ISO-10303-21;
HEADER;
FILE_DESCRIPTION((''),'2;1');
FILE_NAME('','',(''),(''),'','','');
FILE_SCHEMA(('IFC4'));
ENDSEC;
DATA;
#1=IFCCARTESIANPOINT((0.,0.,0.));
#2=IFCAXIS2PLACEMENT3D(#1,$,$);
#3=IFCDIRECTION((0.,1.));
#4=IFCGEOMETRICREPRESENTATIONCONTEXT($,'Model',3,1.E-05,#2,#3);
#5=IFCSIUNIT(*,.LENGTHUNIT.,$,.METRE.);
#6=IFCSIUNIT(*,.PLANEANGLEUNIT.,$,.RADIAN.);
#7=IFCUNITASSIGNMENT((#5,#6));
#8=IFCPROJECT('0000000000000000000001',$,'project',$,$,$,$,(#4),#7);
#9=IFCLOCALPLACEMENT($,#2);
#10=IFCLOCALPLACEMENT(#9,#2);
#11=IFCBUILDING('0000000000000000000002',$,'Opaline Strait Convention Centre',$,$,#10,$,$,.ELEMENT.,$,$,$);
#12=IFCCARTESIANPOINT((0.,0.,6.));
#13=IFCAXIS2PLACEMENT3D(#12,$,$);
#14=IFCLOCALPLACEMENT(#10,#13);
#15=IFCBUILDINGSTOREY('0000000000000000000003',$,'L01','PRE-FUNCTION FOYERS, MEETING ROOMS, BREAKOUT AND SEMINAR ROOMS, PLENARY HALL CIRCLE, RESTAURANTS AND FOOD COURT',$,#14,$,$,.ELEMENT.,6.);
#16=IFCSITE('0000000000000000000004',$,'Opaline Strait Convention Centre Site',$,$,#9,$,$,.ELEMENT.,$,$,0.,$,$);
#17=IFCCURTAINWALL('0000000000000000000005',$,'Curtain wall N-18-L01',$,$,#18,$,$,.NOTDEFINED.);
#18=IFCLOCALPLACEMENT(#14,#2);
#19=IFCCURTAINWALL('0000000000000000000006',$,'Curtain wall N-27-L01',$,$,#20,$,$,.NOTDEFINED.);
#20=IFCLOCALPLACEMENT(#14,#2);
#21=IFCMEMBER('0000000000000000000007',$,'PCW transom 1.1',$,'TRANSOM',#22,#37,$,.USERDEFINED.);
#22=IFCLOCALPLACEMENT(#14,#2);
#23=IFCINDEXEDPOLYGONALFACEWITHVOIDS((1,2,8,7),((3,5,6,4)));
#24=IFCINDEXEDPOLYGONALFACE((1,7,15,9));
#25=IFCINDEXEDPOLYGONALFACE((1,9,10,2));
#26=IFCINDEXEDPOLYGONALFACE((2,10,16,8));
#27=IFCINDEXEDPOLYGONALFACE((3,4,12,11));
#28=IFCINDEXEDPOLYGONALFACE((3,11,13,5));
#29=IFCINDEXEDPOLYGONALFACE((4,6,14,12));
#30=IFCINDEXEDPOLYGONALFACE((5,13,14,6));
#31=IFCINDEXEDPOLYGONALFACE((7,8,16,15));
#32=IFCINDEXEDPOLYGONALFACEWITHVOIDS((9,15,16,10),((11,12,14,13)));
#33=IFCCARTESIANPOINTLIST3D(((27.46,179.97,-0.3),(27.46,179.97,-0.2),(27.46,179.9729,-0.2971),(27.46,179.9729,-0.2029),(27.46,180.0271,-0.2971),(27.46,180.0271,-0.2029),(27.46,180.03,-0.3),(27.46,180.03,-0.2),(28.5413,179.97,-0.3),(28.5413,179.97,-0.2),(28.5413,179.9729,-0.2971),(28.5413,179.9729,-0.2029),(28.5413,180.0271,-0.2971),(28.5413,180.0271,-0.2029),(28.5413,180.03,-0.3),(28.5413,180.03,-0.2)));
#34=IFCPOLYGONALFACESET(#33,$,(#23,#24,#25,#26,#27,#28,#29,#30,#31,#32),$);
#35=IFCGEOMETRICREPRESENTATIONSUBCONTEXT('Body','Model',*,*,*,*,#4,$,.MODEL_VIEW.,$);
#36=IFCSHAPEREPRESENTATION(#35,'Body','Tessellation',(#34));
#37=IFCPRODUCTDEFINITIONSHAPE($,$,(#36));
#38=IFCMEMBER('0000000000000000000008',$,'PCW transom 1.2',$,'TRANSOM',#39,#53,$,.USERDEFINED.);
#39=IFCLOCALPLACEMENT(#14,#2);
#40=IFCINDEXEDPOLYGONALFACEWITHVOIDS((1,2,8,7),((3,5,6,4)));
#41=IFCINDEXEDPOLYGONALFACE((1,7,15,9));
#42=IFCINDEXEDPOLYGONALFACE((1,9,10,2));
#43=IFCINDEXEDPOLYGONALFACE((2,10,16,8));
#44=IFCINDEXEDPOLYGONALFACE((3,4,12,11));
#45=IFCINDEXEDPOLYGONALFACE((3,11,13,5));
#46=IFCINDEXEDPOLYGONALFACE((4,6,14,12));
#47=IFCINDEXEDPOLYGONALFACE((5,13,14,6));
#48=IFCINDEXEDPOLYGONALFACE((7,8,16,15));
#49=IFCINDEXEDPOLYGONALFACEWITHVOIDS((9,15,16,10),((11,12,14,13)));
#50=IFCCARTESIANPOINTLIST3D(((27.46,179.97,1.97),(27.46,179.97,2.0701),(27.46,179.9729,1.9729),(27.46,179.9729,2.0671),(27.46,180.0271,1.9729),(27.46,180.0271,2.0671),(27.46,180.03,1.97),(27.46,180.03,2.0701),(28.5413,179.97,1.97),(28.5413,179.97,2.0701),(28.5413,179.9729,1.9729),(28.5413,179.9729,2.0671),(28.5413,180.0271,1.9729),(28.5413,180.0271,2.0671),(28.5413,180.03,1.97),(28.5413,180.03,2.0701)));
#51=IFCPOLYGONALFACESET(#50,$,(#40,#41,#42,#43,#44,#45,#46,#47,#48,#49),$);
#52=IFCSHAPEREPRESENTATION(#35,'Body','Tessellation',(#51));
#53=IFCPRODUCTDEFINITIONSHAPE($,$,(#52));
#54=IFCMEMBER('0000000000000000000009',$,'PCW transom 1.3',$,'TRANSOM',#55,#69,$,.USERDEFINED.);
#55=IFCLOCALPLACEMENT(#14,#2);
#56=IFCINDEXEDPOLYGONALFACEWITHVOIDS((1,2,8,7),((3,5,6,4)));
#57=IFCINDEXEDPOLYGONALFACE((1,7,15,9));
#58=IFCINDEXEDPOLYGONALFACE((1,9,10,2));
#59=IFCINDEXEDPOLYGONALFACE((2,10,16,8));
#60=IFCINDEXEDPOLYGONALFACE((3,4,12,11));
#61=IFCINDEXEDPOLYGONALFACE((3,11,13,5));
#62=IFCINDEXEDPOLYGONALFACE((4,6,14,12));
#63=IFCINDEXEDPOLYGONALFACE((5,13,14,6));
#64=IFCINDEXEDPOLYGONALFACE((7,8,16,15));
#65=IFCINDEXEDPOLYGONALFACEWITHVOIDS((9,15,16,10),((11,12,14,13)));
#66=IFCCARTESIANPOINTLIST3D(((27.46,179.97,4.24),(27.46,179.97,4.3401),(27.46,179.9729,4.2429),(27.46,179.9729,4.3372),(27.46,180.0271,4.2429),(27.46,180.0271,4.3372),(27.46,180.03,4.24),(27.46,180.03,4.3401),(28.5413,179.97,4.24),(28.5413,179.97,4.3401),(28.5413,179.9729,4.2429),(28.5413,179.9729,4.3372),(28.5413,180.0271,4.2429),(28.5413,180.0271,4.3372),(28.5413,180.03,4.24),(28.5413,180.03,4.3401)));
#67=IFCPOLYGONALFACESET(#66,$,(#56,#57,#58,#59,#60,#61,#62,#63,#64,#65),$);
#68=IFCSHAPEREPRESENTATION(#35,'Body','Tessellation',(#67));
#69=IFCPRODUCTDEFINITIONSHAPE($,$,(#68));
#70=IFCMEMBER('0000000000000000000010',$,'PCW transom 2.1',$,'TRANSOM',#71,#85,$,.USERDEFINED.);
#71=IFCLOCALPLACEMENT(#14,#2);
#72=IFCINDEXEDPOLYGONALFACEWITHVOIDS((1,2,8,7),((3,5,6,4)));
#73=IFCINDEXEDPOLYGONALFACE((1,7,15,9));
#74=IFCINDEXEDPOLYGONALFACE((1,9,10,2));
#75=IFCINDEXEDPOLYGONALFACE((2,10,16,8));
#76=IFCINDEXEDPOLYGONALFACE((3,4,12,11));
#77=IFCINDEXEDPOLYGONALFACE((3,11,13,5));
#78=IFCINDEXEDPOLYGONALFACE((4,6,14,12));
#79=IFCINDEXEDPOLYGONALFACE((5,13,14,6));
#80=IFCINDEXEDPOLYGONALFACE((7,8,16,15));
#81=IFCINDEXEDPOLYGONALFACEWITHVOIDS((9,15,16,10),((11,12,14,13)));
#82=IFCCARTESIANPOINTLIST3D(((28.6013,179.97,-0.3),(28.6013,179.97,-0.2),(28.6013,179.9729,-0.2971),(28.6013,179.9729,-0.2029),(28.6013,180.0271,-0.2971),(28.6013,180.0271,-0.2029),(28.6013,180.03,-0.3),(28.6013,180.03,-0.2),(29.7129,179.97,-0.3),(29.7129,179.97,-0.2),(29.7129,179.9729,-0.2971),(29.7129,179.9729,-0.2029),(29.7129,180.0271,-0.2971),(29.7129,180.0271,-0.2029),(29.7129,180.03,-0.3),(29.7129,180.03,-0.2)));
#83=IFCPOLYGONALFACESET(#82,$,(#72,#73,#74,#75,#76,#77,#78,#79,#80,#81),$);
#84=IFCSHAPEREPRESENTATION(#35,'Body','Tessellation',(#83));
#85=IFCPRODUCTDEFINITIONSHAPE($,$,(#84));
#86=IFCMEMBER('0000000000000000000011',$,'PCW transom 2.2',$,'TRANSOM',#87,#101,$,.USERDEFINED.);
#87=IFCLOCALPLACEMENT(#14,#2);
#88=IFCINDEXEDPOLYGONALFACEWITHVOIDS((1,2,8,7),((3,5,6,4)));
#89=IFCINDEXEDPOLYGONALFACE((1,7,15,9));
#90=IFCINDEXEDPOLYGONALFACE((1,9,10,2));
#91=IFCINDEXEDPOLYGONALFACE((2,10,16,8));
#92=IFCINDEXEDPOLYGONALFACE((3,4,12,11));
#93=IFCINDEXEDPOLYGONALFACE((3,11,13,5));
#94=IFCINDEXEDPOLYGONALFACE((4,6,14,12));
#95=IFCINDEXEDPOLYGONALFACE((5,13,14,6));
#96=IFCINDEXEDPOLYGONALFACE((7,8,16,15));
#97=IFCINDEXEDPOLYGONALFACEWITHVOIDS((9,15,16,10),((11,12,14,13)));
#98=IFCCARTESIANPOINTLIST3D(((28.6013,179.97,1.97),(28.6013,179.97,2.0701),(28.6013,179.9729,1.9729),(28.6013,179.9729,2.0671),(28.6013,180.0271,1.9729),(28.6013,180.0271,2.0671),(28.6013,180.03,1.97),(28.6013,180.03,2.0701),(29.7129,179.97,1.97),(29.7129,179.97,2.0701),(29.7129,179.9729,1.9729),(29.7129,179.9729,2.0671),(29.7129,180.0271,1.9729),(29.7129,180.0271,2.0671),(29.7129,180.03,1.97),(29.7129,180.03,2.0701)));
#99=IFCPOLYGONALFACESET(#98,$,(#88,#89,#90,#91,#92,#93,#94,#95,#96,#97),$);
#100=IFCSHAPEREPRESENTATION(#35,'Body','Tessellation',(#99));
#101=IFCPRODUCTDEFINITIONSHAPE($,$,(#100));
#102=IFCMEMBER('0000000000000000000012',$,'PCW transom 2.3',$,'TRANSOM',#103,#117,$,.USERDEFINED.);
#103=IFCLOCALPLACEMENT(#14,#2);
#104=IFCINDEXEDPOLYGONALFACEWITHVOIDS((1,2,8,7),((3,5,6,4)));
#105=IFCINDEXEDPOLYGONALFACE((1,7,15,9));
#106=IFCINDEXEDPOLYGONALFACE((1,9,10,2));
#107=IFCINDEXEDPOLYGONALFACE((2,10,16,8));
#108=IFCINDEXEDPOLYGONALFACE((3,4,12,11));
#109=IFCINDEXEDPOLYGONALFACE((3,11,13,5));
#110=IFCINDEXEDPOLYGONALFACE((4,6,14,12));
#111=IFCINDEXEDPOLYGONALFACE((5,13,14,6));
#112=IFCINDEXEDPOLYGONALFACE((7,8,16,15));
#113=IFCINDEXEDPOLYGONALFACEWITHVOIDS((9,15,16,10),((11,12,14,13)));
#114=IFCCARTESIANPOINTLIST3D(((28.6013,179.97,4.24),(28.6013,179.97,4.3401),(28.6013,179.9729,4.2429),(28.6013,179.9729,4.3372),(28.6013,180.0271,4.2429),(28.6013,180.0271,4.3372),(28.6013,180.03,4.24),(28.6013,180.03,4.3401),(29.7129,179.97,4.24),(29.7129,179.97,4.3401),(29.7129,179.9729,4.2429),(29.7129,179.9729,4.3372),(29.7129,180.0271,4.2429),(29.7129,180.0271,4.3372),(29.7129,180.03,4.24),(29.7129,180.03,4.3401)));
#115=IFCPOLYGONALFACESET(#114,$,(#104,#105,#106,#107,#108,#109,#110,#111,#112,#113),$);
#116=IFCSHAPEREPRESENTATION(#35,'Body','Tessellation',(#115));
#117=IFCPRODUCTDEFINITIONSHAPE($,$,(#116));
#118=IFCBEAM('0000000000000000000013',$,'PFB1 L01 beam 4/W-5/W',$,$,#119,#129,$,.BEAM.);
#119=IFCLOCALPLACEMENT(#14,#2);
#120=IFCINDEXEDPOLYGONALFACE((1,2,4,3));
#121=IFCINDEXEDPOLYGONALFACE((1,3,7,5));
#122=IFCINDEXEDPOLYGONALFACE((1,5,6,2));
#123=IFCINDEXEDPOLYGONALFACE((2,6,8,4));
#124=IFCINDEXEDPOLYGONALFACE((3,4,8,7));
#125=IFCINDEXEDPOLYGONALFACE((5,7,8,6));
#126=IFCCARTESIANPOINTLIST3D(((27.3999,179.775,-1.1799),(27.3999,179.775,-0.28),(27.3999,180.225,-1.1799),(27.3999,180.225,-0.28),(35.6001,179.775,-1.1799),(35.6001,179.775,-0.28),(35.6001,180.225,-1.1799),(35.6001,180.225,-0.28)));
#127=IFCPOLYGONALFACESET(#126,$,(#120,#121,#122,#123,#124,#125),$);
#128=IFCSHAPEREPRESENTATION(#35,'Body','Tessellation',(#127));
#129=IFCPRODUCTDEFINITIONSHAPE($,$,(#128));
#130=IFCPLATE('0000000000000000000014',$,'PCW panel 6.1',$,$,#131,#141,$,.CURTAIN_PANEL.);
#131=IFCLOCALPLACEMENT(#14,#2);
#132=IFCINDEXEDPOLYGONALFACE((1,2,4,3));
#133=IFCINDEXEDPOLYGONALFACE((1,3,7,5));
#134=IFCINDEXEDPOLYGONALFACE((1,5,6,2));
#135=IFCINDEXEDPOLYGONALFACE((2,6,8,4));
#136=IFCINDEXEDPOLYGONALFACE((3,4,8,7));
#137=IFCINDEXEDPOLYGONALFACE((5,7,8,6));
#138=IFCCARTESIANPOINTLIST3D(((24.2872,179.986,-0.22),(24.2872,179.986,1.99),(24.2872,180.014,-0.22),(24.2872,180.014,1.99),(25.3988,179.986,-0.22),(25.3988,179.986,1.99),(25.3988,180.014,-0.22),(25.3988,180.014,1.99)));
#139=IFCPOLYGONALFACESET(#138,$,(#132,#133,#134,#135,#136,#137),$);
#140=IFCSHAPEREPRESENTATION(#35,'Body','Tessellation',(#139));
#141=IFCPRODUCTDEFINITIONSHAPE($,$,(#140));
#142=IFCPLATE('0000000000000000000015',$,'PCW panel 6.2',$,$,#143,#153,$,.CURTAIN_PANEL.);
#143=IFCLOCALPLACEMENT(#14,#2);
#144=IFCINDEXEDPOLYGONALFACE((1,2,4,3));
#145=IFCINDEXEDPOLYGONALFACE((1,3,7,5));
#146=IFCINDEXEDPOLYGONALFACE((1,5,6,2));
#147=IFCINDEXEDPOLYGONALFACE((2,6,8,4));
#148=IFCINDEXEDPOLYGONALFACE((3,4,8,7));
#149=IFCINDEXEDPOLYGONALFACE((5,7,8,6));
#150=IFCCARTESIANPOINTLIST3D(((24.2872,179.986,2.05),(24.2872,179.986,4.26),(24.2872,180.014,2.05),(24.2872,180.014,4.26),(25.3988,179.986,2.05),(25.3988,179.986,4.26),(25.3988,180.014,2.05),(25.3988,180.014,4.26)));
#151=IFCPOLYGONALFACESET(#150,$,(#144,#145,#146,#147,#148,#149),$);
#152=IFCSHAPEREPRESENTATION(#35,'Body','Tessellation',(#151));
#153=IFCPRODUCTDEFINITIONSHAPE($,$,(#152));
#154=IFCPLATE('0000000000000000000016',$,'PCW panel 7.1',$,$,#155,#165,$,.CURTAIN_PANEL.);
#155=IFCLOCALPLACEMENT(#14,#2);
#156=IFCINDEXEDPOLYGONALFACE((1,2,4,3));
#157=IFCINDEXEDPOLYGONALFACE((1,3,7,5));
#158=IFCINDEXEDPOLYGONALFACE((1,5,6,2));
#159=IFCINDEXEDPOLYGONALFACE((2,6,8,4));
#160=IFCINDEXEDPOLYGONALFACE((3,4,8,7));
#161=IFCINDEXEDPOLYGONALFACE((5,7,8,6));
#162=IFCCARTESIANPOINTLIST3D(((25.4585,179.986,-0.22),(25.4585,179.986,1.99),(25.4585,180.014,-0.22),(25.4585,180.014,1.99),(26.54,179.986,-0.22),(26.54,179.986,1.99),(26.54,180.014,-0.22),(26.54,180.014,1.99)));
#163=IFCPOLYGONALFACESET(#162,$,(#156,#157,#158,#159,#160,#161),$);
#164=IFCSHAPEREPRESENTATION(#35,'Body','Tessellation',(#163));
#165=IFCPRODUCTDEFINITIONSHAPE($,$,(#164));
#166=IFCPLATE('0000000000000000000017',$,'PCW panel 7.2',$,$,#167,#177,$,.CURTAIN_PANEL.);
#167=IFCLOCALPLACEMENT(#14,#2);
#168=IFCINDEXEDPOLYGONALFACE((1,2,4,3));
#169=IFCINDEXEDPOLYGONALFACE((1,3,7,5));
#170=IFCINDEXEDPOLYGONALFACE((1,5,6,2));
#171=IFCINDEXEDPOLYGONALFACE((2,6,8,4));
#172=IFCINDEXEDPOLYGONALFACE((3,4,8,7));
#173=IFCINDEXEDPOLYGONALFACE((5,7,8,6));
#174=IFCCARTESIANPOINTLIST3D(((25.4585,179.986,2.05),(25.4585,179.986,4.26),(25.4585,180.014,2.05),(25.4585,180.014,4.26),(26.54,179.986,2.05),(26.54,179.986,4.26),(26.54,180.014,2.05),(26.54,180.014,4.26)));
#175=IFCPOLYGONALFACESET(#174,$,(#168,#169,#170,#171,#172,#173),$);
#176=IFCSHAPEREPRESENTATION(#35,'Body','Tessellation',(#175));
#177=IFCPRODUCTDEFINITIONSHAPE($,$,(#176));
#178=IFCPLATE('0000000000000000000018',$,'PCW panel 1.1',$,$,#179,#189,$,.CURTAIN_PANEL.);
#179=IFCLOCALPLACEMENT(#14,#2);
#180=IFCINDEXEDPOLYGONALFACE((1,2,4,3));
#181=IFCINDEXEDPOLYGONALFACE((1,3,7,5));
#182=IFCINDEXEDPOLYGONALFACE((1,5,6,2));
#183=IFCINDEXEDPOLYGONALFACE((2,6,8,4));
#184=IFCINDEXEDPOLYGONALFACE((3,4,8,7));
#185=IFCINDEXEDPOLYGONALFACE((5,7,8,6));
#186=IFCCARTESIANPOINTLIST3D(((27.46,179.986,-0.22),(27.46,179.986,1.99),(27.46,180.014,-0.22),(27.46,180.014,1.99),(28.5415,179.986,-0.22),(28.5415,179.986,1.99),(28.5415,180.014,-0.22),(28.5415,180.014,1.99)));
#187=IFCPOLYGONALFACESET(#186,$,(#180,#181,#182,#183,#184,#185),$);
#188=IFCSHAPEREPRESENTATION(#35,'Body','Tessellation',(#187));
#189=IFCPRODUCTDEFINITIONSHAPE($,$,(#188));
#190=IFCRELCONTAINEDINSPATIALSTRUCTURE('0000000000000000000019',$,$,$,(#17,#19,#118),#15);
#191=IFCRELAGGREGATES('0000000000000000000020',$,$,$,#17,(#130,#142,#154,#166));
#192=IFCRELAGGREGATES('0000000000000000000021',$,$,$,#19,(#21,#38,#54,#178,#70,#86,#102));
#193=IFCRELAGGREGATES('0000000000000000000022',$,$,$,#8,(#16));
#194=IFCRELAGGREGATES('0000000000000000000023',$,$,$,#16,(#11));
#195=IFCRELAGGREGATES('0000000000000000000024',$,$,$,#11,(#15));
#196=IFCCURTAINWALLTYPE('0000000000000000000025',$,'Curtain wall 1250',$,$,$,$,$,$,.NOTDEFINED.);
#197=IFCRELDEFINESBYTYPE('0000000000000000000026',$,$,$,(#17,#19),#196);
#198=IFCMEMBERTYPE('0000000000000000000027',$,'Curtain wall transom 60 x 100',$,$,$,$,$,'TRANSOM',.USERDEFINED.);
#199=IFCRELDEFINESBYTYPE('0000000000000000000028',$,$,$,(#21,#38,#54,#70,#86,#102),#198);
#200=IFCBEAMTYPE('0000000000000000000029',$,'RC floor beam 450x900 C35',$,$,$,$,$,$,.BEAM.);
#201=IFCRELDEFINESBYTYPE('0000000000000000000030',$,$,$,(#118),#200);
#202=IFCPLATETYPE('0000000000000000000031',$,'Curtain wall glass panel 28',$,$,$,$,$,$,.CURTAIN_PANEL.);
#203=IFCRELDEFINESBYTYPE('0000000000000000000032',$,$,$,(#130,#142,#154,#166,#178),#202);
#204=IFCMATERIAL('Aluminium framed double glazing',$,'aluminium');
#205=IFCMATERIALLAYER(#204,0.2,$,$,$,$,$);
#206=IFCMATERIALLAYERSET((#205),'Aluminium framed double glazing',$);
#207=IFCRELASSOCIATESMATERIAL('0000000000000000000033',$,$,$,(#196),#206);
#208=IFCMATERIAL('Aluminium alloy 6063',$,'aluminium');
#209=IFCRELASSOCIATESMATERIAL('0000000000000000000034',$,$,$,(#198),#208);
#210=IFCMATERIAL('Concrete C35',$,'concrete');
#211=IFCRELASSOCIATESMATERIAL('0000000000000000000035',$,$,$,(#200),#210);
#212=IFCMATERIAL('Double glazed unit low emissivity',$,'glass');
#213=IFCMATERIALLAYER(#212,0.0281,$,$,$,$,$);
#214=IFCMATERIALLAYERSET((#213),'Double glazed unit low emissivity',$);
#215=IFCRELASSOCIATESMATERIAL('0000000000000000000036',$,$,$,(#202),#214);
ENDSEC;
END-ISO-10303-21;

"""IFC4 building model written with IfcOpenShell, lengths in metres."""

from ifc_helpers import new_model, si_unit, direction, frame, origin, origin_2d, place, context, subcontext, project, spatial, rectangle, hollow_rectangle, extrude, material, layer, layer_set, material_profile, profile_set, type_object, element, aggregate, save


model = new_model("IFC4")

# Units and contexts
model_context = context("Model", 3, precision=1e-05, world=origin(), true_north=direction((0.0, 1.0)))
body_context = subcontext(model_context, "Body", "Model", "MODEL_VIEW")
ifc_project = project(units=[si_unit("LENGTHUNIT", "METRE"), si_unit("PLANEANGLEUNIT", "RADIAN")], contexts=[model_context])

# Site, building, storey
site_placement = place(None, origin())
site = spatial("IfcSite", under=ifc_project, at=site_placement, Name="Opaline Strait Convention Centre Site", CompositionType="ELEMENT", RefElevation=0.0)
building_placement = place(site_placement, origin())
building = spatial("IfcBuilding", under=site, at=building_placement, Name="Opaline Strait Convention Centre", CompositionType="ELEMENT")
storey_placement = place(building_placement, frame((0.0, 0.0, 6.0)))
storey = spatial("IfcBuildingStorey", under=building, at=storey_placement, Name="L01", Description="PRE-FUNCTION FOYERS, MEETING ROOMS, BREAKOUT AND SEMINAR ROOMS, PLENARY HALL CIRCLE, RESTAURANTS AND FOOD COURT", CompositionType="ELEMENT", Elevation=6.0)

# Curtain walls
ifc_material_1 = material(Name="Aluminium framed double glazing", Category="aluminium")
ifc_layer_1 = layer(ifc_material_1, 0.2)
ifc_layer_set_1 = layer_set([ifc_layer_1], Name="Aluminium framed double glazing")
curtain_wall_type = type_object("IfcCurtainWallType", Name="Curtain wall 1250", PredefinedType="NOTDEFINED", material=ifc_layer_set_1)
curtain_wall_1_placement = place(storey_placement, origin())
curtain_wall_1 = element("IfcCurtainWall", 1, at=curtain_wall_1_placement, inside=storey, type_object=curtain_wall_type, Name="Curtain wall N-18-L01", PredefinedType="NOTDEFINED")
ifc_material_2 = material(Name="Aluminium alloy 6063", Category="aluminium")
curtain_wall_2_placement = place(storey_placement, origin())
curtain_wall_2 = element("IfcCurtainWall", 2, at=curtain_wall_2_placement, inside=storey, type_object=curtain_wall_type, Name="Curtain wall N-27-L01", PredefinedType="NOTDEFINED")

# Members
ifc_material_profile_1 = material_profile(ifc_material_2, hollow_rectangle(XDim=0.0601, YDim=0.1001, WallThickness=0.0029, at=origin_2d()), Name="TRANSOM 60x100x3")
ifc_profile_set_1 = profile_set([ifc_material_profile_1], Name="Aluminium alloy 6063")
member_type_1 = type_object("IfcMemberType", Name="Curtain wall transom 60 x 100", ElementType="TRANSOM", PredefinedType="USERDEFINED", material=ifc_profile_set_1)
member_1_placement = place(storey_placement, frame((27.46, 180.0, -0.25), z_axis=(1.0, 0.0, 0.0), x_axis=(0.0, 1.0, 0.0)))
member_1 = element("IfcMember", 3, at=member_1_placement, type_object=member_type_1, Name="PCW transom 1.1", ObjectType="TRANSOM", PredefinedType="USERDEFINED", context=body_context, shape_type="SweptSolid", body=[
    extrude(hollow_rectangle(XDim=0.0601, YDim=0.1001, WallThickness=0.0029, at=origin_2d()), origin(), (0.0, 0.0, 1.0), 1.0813),
])
member_2_placement = place(storey_placement, frame((27.46, 180.0, 2.02), z_axis=(1.0, 0.0, 0.0), x_axis=(0.0, 1.0, 0.0)))
member_2 = element("IfcMember", 4, at=member_2_placement, type_object=member_type_1, Name="PCW transom 1.2", ObjectType="TRANSOM", PredefinedType="USERDEFINED", context=body_context, shape_type="SweptSolid", body=[
    extrude(hollow_rectangle(XDim=0.0601, YDim=0.1001, WallThickness=0.0029, at=origin_2d()), origin(), (0.0, 0.0, 1.0), 1.0813),
])
member_3_placement = place(storey_placement, frame((27.46, 180.0, 4.29), z_axis=(1.0, 0.0, 0.0), x_axis=(0.0, 1.0, 0.0)))
member_3 = element("IfcMember", 5, at=member_3_placement, type_object=member_type_1, Name="PCW transom 1.3", ObjectType="TRANSOM", PredefinedType="USERDEFINED", context=body_context, shape_type="SweptSolid", body=[
    extrude(hollow_rectangle(XDim=0.0601, YDim=0.1001, WallThickness=0.0029, at=origin_2d()), origin(), (0.0, 0.0, 1.0), 1.0813),
])
member_4_placement = place(storey_placement, frame((28.6013, 180.0, -0.25), z_axis=(1.0, 0.0, 0.0), x_axis=(0.0, 1.0, 0.0)))
member_4 = element("IfcMember", 6, at=member_4_placement, type_object=member_type_1, Name="PCW transom 2.1", ObjectType="TRANSOM", PredefinedType="USERDEFINED", context=body_context, shape_type="SweptSolid", body=[
    extrude(hollow_rectangle(XDim=0.0601, YDim=0.1001, WallThickness=0.0029, at=origin_2d()), origin(), (0.0, 0.0, 1.0), 1.1116),
])
member_5_placement = place(storey_placement, frame((28.6013, 180.0, 2.02), z_axis=(1.0, 0.0, 0.0), x_axis=(0.0, 1.0, 0.0)))
member_5 = element("IfcMember", 7, at=member_5_placement, type_object=member_type_1, Name="PCW transom 2.2", ObjectType="TRANSOM", PredefinedType="USERDEFINED", context=body_context, shape_type="SweptSolid", body=[
    extrude(hollow_rectangle(XDim=0.0601, YDim=0.1001, WallThickness=0.0029, at=origin_2d()), origin(), (0.0, 0.0, 1.0), 1.1116),
])
member_6_placement = place(storey_placement, frame((28.6013, 180.0, 4.29), z_axis=(1.0, 0.0, 0.0), x_axis=(0.0, 1.0, 0.0)))
member_6 = element("IfcMember", 8, at=member_6_placement, type_object=member_type_1, Name="PCW transom 2.3", ObjectType="TRANSOM", PredefinedType="USERDEFINED", context=body_context, shape_type="SweptSolid", body=[
    extrude(hollow_rectangle(XDim=0.0601, YDim=0.1001, WallThickness=0.0029, at=origin_2d()), origin(), (0.0, 0.0, 1.0), 1.1116),
])

# Beam
ifc_material_3 = material(Name="Concrete C35", Category="concrete")
ifc_material_profile_2 = material_profile(ifc_material_3, rectangle(XDim=0.45, YDim=0.8999, at=origin_2d()), Name="RC 450x900")
ifc_profile_set_2 = profile_set([ifc_material_profile_2], Name="Concrete C35")
beam_type = type_object("IfcBeamType", Name="RC floor beam 450x900 C35", PredefinedType="BEAM", material=ifc_profile_set_2)
beam_placement = place(storey_placement, frame((27.3999, 180.0, -0.73), z_axis=(1.0, 0.0, 0.0), x_axis=(0.0, 1.0, 0.0)))
element("IfcBeam", 9, at=beam_placement, inside=storey, type_object=beam_type, Name="PFB1 L01 beam 4/W-5/W", PredefinedType="BEAM", context=body_context, shape_type="SweptSolid", body=[
    extrude(rectangle(XDim=0.45, YDim=0.8999, at=origin_2d()), origin(), (0.0, 0.0, 1.0), 8.2002),
])

# Plates
ifc_material_4 = material(Name="Double glazed unit low emissivity", Category="glass")
ifc_layer_2 = layer(ifc_material_4, 0.0281)
ifc_layer_set_2 = layer_set([ifc_layer_2], Name="Double glazed unit low emissivity")
plate_type = type_object("IfcPlateType", Name="Curtain wall glass panel 28", PredefinedType="CURTAIN_PANEL", material=ifc_layer_set_2)
plate_1_placement = place(storey_placement, frame((24.843, 180.0, -0.22), z_axis=(0.0, 0.0, 1.0), x_axis=(1.0, 0.0, 0.0)))
plate_1 = element("IfcPlate", 10, at=plate_1_placement, type_object=plate_type, Name="PCW panel 6.1", PredefinedType="CURTAIN_PANEL", context=body_context, shape_type="SweptSolid", body=[
    extrude(rectangle(XDim=1.1116, YDim=0.0281, at=origin_2d()), origin(), (0.0, 0.0, 1.0), 2.21),
])
plate_2_placement = place(storey_placement, frame((24.843, 180.0, 2.05), z_axis=(0.0, 0.0, 1.0), x_axis=(1.0, 0.0, 0.0)))
plate_2 = element("IfcPlate", 11, at=plate_2_placement, type_object=plate_type, Name="PCW panel 6.2", PredefinedType="CURTAIN_PANEL", context=body_context, shape_type="SweptSolid", body=[
    extrude(rectangle(XDim=1.1116, YDim=0.0281, at=origin_2d()), origin(), (0.0, 0.0, 1.0), 2.21),
])
plate_3_placement = place(storey_placement, frame((25.9993, 180.0, -0.22), z_axis=(0.0, 0.0, 1.0), x_axis=(1.0, 0.0, 0.0)))
plate_3 = element("IfcPlate", 12, at=plate_3_placement, type_object=plate_type, Name="PCW panel 7.1", PredefinedType="CURTAIN_PANEL", context=body_context, shape_type="SweptSolid", body=[
    extrude(rectangle(XDim=1.0815, YDim=0.0281, at=origin_2d()), origin(), (0.0, 0.0, 1.0), 2.21),
])
plate_4_placement = place(storey_placement, frame((25.9993, 180.0, 2.05), z_axis=(0.0, 0.0, 1.0), x_axis=(1.0, 0.0, 0.0)))
plate_4 = element("IfcPlate", 13, at=plate_4_placement, type_object=plate_type, Name="PCW panel 7.2", PredefinedType="CURTAIN_PANEL", context=body_context, shape_type="SweptSolid", body=[
    extrude(rectangle(XDim=1.0815, YDim=0.0281, at=origin_2d()), origin(), (0.0, 0.0, 1.0), 2.21),
])
aggregate(curtain_wall_1, [plate_1, plate_2, plate_3, plate_4])
plate_5_placement = place(storey_placement, frame((28.0007, 180.0, -0.22), z_axis=(0.0, 0.0, 1.0), x_axis=(1.0, 0.0, 0.0)))
plate_5 = element("IfcPlate", 14, at=plate_5_placement, type_object=plate_type, Name="PCW panel 1.1", PredefinedType="CURTAIN_PANEL", context=body_context, shape_type="SweptSolid", body=[
    extrude(rectangle(XDim=1.0815, YDim=0.0281, at=origin_2d()), origin(), (0.0, 0.0, 1.0), 2.21),
])
aggregate(curtain_wall_2, [member_1, member_2, member_3, plate_5, member_4, member_5, member_6])

save(model, "model.ifc")
